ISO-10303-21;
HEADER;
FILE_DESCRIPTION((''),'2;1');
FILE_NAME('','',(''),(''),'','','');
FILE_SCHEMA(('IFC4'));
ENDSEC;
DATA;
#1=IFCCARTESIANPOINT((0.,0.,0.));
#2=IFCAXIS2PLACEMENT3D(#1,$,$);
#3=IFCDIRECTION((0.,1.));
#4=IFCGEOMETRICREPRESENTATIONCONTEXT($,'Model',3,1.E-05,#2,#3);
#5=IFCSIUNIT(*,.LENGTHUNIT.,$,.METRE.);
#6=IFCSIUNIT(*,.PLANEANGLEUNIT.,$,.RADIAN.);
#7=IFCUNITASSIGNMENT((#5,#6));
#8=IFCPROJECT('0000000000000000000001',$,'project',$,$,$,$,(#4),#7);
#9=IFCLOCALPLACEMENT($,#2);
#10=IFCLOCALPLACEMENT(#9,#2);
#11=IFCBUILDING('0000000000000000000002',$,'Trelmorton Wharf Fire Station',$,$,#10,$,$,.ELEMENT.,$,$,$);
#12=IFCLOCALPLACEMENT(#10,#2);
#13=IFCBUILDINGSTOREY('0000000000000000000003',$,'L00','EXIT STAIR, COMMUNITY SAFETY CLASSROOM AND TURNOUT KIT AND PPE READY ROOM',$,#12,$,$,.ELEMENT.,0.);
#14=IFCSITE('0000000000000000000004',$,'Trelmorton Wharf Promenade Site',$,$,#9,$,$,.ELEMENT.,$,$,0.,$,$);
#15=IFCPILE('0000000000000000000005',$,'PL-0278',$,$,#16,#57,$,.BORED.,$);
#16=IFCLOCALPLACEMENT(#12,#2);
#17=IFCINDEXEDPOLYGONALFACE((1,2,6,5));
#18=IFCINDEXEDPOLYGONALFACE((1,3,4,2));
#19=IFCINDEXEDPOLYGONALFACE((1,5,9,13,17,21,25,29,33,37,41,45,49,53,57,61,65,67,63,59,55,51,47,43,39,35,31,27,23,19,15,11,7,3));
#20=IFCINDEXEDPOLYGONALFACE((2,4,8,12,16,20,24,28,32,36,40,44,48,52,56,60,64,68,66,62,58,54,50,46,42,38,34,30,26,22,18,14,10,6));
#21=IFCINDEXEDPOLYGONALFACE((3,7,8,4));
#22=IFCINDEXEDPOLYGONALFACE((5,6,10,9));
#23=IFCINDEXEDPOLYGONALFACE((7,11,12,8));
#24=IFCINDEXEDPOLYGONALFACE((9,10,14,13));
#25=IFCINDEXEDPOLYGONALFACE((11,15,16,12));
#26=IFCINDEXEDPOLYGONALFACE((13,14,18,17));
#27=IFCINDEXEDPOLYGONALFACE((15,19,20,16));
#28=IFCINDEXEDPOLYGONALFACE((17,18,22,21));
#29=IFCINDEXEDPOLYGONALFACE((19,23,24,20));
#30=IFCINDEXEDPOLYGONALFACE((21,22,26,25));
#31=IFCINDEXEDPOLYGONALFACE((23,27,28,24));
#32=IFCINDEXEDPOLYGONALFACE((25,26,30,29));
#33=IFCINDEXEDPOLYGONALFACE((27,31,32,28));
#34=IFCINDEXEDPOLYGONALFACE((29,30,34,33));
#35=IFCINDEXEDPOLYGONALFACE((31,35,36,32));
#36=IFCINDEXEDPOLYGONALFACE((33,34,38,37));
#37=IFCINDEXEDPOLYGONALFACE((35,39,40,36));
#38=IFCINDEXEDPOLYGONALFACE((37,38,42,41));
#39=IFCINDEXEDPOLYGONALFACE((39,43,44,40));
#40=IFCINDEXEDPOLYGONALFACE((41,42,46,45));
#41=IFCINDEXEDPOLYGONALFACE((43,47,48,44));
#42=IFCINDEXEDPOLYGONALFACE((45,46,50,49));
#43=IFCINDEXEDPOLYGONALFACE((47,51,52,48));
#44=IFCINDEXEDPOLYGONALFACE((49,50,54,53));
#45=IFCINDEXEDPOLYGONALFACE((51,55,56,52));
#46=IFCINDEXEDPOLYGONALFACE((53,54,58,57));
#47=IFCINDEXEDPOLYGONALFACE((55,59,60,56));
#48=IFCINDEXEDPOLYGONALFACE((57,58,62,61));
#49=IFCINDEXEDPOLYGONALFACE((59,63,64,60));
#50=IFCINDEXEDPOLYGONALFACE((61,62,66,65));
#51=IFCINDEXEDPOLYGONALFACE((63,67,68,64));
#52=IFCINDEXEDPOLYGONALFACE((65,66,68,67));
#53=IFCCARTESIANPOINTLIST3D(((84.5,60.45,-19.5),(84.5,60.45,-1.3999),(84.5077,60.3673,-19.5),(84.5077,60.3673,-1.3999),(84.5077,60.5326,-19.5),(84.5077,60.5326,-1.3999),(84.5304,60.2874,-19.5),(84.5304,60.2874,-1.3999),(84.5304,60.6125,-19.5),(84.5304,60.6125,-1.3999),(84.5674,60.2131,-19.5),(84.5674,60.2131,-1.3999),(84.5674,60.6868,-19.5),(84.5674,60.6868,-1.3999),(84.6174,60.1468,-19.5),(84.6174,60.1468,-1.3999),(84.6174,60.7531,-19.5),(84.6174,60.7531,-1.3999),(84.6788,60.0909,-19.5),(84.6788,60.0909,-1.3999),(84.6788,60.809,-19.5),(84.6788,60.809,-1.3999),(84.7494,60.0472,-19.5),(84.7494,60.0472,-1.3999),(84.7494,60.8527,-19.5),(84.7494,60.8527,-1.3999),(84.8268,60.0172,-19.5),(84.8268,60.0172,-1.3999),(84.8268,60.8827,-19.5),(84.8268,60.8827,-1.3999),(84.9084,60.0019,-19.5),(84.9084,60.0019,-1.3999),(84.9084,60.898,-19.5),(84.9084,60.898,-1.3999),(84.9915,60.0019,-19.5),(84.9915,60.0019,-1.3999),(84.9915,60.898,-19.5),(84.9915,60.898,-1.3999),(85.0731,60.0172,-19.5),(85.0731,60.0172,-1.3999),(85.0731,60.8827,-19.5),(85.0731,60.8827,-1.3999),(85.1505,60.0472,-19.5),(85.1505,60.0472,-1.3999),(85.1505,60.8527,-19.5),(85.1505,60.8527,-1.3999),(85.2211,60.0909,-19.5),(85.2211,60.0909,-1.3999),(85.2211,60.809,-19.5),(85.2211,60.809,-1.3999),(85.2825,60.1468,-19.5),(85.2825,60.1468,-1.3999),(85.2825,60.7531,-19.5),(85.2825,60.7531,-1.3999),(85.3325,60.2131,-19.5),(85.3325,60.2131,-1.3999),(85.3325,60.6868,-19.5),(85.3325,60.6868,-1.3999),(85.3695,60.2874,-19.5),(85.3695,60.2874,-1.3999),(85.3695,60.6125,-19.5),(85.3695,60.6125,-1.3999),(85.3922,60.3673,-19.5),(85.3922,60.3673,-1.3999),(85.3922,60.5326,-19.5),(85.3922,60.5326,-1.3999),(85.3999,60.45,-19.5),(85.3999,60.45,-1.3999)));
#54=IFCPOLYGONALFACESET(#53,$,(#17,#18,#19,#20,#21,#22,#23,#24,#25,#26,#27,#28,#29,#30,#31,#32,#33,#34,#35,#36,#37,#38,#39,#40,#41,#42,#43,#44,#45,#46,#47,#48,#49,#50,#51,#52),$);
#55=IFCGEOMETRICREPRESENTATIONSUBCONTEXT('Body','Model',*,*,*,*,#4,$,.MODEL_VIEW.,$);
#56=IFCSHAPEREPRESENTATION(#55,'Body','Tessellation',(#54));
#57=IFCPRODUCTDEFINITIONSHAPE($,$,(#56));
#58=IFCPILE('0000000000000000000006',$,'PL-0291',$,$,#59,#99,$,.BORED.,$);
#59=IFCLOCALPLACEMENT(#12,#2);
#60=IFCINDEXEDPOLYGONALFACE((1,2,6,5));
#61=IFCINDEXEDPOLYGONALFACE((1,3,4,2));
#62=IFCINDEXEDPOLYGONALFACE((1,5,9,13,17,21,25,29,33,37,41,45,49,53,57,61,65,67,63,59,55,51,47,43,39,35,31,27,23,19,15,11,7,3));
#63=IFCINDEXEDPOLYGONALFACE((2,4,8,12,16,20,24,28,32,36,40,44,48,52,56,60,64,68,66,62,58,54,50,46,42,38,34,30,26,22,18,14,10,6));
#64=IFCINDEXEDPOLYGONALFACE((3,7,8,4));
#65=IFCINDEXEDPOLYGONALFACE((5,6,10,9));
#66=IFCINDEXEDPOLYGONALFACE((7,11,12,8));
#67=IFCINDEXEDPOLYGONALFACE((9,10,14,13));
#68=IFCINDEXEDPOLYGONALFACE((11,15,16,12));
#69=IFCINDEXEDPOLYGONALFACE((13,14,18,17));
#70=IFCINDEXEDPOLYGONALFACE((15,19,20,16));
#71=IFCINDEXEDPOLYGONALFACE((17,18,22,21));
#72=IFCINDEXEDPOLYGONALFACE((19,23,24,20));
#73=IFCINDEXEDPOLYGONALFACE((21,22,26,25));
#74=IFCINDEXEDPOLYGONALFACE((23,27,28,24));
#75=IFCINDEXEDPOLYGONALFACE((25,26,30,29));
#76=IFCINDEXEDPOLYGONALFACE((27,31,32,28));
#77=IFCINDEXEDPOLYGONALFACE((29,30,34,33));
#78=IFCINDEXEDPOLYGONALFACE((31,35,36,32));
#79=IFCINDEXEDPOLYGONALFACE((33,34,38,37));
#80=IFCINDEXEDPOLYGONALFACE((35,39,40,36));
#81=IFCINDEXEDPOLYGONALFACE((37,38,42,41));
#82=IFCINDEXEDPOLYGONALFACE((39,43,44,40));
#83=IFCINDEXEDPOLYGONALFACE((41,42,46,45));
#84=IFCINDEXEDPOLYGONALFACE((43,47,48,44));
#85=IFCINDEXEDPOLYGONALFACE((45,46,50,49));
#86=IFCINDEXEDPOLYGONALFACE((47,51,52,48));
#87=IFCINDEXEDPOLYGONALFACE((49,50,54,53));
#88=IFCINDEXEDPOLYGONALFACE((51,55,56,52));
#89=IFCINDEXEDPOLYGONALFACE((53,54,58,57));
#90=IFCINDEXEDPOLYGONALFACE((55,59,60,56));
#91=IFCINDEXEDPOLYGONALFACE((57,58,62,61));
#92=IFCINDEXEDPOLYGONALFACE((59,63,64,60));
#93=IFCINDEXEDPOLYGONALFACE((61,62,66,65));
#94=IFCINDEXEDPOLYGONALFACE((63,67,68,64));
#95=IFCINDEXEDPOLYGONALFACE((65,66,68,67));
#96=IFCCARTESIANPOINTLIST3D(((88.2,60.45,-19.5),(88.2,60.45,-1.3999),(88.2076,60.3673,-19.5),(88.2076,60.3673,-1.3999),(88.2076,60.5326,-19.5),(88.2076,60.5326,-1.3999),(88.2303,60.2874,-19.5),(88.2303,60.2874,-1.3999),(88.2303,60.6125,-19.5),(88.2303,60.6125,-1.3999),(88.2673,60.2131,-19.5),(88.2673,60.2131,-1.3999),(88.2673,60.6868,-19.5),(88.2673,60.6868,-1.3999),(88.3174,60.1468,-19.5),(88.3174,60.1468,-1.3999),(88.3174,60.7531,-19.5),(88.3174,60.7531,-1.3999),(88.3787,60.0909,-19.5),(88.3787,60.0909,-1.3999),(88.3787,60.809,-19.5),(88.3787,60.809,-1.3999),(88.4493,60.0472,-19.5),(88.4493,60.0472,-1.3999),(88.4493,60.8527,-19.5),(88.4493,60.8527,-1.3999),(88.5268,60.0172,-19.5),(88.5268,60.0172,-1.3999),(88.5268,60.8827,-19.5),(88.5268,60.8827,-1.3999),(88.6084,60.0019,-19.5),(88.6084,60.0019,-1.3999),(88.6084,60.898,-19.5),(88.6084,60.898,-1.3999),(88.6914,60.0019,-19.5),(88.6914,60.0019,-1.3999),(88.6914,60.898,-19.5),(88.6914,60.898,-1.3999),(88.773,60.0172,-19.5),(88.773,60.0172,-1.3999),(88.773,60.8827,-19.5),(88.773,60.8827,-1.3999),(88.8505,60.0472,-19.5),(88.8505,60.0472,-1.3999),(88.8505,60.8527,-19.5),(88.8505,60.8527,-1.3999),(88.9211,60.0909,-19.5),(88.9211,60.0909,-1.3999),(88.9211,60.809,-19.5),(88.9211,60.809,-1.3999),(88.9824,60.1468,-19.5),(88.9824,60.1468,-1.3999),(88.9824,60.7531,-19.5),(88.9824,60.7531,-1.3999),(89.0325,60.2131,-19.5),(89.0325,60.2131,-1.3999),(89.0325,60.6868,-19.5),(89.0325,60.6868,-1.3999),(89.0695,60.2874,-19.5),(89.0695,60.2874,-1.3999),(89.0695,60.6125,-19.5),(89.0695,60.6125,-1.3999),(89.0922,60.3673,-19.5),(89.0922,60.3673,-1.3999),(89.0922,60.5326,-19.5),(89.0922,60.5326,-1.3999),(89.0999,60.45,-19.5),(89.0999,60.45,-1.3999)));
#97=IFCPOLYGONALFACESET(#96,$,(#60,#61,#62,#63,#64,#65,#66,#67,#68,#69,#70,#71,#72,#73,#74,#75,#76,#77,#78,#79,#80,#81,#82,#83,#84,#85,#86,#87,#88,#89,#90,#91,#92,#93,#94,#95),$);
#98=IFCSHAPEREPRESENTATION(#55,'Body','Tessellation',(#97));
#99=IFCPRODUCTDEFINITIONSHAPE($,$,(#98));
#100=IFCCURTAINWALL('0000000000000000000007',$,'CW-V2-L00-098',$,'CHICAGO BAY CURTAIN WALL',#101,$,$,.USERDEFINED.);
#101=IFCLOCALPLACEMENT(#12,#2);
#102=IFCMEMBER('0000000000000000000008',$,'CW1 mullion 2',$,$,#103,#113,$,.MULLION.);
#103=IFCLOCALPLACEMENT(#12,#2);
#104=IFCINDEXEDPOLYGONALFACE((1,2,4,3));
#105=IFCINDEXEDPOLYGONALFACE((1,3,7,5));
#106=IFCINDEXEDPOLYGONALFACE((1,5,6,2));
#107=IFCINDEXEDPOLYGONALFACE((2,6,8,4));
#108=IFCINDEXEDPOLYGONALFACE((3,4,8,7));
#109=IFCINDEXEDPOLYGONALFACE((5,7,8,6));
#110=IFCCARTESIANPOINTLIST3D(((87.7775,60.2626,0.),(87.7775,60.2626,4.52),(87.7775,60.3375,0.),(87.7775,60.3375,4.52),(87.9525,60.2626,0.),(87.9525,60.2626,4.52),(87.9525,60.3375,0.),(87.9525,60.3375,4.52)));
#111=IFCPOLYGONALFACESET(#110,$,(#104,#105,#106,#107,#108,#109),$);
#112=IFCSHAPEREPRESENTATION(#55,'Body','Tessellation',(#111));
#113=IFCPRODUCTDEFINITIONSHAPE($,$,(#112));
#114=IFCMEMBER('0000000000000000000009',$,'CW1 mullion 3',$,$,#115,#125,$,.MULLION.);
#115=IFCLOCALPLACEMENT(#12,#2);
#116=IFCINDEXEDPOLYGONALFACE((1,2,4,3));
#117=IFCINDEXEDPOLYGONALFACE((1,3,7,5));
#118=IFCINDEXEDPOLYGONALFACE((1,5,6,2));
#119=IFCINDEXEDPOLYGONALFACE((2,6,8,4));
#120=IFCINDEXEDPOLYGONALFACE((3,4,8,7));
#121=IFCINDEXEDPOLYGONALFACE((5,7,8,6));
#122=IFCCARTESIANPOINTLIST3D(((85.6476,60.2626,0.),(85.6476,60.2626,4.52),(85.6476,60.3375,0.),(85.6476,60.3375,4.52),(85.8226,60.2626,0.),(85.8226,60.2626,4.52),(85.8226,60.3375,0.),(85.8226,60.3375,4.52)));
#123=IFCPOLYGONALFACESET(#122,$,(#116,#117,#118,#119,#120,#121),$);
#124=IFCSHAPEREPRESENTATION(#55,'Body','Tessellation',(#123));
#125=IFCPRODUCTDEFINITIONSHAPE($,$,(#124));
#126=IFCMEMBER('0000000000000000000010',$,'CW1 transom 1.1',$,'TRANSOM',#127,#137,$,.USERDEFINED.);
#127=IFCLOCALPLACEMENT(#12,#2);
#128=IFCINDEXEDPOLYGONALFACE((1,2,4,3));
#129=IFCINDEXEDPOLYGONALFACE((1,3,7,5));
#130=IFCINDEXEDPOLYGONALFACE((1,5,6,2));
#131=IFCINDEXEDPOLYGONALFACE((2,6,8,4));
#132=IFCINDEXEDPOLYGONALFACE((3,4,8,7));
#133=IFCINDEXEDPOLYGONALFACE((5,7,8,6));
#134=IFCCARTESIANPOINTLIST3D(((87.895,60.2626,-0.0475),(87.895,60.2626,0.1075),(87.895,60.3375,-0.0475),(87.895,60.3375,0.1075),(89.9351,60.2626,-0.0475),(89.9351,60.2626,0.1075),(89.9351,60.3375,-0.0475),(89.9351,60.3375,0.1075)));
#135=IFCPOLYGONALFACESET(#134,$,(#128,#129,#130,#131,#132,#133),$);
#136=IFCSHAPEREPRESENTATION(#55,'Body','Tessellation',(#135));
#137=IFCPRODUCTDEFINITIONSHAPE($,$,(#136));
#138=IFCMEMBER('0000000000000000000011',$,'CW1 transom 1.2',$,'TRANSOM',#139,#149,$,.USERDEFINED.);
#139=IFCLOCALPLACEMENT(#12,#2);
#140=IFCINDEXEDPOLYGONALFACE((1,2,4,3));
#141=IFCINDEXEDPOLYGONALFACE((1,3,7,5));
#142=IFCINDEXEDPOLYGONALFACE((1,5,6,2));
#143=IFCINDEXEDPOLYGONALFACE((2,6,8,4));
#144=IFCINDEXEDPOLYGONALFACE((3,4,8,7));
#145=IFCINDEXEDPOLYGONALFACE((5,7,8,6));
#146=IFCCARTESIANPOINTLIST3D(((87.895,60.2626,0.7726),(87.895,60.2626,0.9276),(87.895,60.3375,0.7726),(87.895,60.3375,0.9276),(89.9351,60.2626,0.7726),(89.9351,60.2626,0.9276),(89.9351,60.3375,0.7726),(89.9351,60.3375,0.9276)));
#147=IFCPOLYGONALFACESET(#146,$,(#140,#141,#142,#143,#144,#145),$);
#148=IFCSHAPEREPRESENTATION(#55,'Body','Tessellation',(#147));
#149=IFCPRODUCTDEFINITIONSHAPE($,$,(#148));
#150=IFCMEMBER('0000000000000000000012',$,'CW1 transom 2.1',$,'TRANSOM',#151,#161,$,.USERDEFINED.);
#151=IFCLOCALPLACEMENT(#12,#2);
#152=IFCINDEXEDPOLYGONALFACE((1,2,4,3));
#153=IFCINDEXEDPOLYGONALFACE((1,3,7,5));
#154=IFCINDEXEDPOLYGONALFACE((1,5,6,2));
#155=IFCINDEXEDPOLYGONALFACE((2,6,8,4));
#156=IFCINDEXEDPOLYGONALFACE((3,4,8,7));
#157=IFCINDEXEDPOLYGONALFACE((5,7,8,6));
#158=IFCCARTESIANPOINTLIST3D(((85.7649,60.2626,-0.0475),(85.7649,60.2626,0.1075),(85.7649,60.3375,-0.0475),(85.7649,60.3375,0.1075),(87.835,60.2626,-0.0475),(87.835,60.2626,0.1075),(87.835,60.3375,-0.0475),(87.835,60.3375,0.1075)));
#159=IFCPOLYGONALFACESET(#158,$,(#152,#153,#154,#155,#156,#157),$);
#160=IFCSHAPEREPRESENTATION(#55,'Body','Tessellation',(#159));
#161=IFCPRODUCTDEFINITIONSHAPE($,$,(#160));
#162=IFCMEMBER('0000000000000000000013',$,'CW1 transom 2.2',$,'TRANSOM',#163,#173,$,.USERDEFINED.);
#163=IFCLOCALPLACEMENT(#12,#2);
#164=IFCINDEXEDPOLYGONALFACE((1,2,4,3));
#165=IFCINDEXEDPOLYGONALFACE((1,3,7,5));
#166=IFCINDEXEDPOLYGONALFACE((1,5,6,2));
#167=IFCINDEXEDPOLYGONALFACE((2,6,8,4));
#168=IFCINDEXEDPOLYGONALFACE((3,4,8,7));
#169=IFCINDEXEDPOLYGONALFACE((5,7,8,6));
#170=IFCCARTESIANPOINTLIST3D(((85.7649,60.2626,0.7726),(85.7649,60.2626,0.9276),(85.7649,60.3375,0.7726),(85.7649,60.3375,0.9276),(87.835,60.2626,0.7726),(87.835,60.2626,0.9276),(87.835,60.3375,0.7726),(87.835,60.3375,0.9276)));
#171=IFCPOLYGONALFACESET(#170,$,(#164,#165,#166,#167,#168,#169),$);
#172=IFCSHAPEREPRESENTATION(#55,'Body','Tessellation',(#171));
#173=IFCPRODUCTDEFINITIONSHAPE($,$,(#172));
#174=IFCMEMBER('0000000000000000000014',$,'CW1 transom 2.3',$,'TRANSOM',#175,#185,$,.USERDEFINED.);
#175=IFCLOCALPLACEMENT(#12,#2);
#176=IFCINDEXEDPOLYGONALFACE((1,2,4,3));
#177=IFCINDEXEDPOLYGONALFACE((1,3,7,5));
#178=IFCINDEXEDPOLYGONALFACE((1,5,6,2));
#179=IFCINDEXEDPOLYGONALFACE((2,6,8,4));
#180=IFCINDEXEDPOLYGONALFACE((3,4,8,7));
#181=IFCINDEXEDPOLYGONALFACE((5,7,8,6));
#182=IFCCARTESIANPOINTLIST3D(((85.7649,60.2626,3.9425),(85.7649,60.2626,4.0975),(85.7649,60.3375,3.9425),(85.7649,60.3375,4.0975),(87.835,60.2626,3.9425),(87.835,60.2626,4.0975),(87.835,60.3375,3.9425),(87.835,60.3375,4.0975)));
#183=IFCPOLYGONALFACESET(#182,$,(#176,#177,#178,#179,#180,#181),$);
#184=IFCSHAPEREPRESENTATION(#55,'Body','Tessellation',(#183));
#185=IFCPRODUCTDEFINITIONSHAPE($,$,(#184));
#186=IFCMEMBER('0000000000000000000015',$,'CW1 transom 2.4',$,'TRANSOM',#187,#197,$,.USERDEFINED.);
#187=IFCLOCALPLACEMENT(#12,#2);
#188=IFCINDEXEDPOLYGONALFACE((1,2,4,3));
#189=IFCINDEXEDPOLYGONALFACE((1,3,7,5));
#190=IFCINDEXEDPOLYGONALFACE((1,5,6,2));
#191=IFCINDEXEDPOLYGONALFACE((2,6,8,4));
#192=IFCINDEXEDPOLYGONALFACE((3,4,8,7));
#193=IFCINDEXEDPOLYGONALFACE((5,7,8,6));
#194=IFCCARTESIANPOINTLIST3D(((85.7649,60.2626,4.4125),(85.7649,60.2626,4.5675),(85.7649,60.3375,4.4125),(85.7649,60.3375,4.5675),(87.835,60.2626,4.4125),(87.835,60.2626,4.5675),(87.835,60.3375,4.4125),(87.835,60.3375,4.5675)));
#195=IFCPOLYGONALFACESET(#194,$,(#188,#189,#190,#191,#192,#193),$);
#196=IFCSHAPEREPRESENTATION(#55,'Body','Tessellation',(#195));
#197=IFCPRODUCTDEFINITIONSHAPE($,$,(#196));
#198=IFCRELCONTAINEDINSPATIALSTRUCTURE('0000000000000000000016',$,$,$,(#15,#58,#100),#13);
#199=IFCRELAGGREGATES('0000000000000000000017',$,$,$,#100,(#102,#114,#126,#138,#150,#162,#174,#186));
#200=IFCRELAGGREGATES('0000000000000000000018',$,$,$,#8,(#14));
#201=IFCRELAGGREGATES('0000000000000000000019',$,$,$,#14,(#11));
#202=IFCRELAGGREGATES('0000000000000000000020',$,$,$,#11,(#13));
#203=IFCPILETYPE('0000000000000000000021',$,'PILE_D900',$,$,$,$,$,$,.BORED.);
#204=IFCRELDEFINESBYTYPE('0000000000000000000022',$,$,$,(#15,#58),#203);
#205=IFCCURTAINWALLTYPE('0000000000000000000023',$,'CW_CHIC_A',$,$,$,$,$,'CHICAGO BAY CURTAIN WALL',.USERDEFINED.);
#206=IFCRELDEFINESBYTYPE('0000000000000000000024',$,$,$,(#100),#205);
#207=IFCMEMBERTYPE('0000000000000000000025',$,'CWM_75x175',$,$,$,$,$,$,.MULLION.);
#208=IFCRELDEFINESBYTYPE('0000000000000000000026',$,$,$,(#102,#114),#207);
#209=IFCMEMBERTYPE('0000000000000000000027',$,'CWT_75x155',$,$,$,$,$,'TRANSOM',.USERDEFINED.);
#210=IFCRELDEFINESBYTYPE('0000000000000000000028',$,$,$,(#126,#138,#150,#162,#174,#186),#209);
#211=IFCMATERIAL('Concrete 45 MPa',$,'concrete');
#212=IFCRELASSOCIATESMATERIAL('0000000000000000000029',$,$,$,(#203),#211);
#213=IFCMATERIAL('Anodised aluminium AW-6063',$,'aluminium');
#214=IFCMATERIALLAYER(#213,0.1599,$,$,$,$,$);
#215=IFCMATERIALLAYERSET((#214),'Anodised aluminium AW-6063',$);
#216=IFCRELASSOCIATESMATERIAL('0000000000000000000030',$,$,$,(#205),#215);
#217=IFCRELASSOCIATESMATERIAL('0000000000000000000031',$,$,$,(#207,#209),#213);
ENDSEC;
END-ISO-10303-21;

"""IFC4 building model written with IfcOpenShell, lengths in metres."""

from ifc_helpers import new_model, si_unit, direction, frame, origin, origin_2d, place, context, subcontext, project, spatial, rectangle, circle, extrude, material, layer, layer_set, material_profile, profile_set, type_object, element, aggregate, save


model = new_model("IFC4")

# Units and contexts
model_context = context("Model", 3, precision=1e-05, world=origin(), true_north=direction((0.0, 1.0)))
body_context = subcontext(model_context, "Body", "Model", "MODEL_VIEW")
ifc_project = project(units=[si_unit("LENGTHUNIT", "METRE"), si_unit("PLANEANGLEUNIT", "RADIAN")], contexts=[model_context])

# Site, building, storey
site_placement = place(None, origin())
site = spatial("IfcSite", under=ifc_project, at=site_placement, Name="Trelmorton Wharf Promenade Site", CompositionType="ELEMENT", RefElevation=0.0)
building_placement = place(site_placement, origin())
building = spatial("IfcBuilding", under=site, at=building_placement, Name="Trelmorton Wharf Fire Station", CompositionType="ELEMENT")
storey_placement = place(building_placement, origin())
storey = spatial("IfcBuildingStorey", under=building, at=storey_placement, Name="L00", Description="EXIT STAIR, COMMUNITY SAFETY CLASSROOM AND TURNOUT KIT AND PPE READY ROOM", CompositionType="ELEMENT", Elevation=0.0)

# Piles
ifc_material_1 = material(Name="Concrete 45 MPa", Category="concrete")
ifc_material_profile_1 = material_profile(ifc_material_1, circle(Radius=0.45, at=origin_2d()), Name="PILE-D900")
ifc_profile_set_1 = profile_set([ifc_material_profile_1], Name="Concrete 45 MPa")
pile_type = type_object("IfcPileType", Name="PILE_D900", PredefinedType="BORED", material=ifc_profile_set_1)
for number, where, z_axis, x_axis, name in (
    (1, (84.95, 60.45, -1.3999), (0.0, 0.0, -1.0), (1.0, 0.0, 0.0), "PL-0278"),
    (2, (88.6499, 60.45, -1.3999), (0.0, 0.0, -1.0), (1.0, 0.0, 0.0), "PL-0291"),
):
    element("IfcPile", number, at=place(storey_placement, frame(where, z_axis=z_axis, x_axis=x_axis)), inside=storey, type_object=pile_type, Name=name, PredefinedType="BORED", context=body_context, shape_type="SweptSolid", body=[
        extrude(circle(Radius=0.45, at=origin_2d()), origin(), (0.0, 0.0, 1.0), 18.1001),
    ])

# Curtain wall, members
ifc_material_2 = material(Name="Anodised aluminium AW-6063", Category="aluminium")
ifc_layer_1 = layer(ifc_material_2, 0.1599)
ifc_layer_set_1 = layer_set([ifc_layer_1], Name="Anodised aluminium AW-6063")
curtain_wall_type = type_object("IfcCurtainWallType", Name="CW_CHIC_A", ElementType="CHICAGO BAY CURTAIN WALL", PredefinedType="USERDEFINED", material=ifc_layer_set_1)
curtain_wall_placement = place(storey_placement, origin())
curtain_wall = element("IfcCurtainWall", 3, at=curtain_wall_placement, inside=storey, type_object=curtain_wall_type, Name="CW-V2-L00-098", ObjectType="CHICAGO BAY CURTAIN WALL", PredefinedType="USERDEFINED")
ifc_material_profile_2 = material_profile(ifc_material_2, rectangle(XDim=0.075, YDim=0.175, at=origin_2d()), Name="ALU-75x175")
ifc_profile_set_2 = profile_set([ifc_material_profile_2], Name="Anodised aluminium AW-6063")
member_type_1 = type_object("IfcMemberType", Name="CWM_75x175", PredefinedType="MULLION", material=ifc_profile_set_2)
member_1_placement = place(storey_placement, frame((87.865, 60.3, 0.0), z_axis=(0.0, 0.0, 1.0), x_axis=(0.0, -1.0, 0.0)))
member_1 = element("IfcMember", 4, at=member_1_placement, type_object=member_type_1, Name="CW1 mullion 2", PredefinedType="MULLION", context=body_context, shape_type="SweptSolid", body=[
    extrude(rectangle(XDim=0.075, YDim=0.175, at=origin_2d()), origin(), (0.0, 0.0, 1.0), 4.52),
])
member_2_placement = place(storey_placement, frame((85.7351, 60.3, 0.0), z_axis=(0.0, 0.0, 1.0), x_axis=(0.0, -1.0, 0.0)))
member_2 = element("IfcMember", 5, at=member_2_placement, type_object=member_type_1, Name="CW1 mullion 3", PredefinedType="MULLION", context=body_context, shape_type="SweptSolid", body=[
    extrude(rectangle(XDim=0.075, YDim=0.175, at=origin_2d()), origin(), (0.0, 0.0, 1.0), 4.52),
])
ifc_material_profile_3 = material_profile(ifc_material_2, rectangle(XDim=0.075, YDim=0.155, at=origin_2d()), Name="ALU-75x155")
ifc_profile_set_3 = profile_set([ifc_material_profile_3], Name="Anodised aluminium AW-6063")
member_type_2 = type_object("IfcMemberType", Name="CWT_75x155", ElementType="TRANSOM", PredefinedType="USERDEFINED", material=ifc_profile_set_3)
member_3_placement = place(storey_placement, frame((89.9351, 60.3, 0.03), z_axis=(-1.0, 0.0, 0.0), x_axis=(0.0, -1.0, 0.0)))
member_3 = element("IfcMember", 6, at=member_3_placement, type_object=member_type_2, Name="CW1 transom 1.1", ObjectType="TRANSOM", PredefinedType="USERDEFINED", context=body_context, shape_type="SweptSolid", body=[
    extrude(rectangle(XDim=0.075, YDim=0.155, at=origin_2d()), origin(), (0.0, 0.0, 1.0), 2.04),
])
member_4_placement = place(storey_placement, frame((89.9351, 60.3, 0.8501), z_axis=(-1.0, 0.0, 0.0), x_axis=(0.0, -1.0, 0.0)))
member_4 = element("IfcMember", 7, at=member_4_placement, type_object=member_type_2, Name="CW1 transom 1.2", ObjectType="TRANSOM", PredefinedType="USERDEFINED", context=body_context, shape_type="SweptSolid", body=[
    extrude(rectangle(XDim=0.075, YDim=0.155, at=origin_2d()), origin(), (0.0, 0.0, 1.0), 2.04),
])
member_5_placement = place(storey_placement, frame((87.835, 60.3, 0.03), z_axis=(-1.0, 0.0, 0.0), x_axis=(0.0, -1.0, 0.0)))
member_5 = element("IfcMember", 8, at=member_5_placement, type_object=member_type_2, Name="CW1 transom 2.1", ObjectType="TRANSOM", PredefinedType="USERDEFINED", context=body_context, shape_type="SweptSolid", body=[
    extrude(rectangle(XDim=0.075, YDim=0.155, at=origin_2d()), origin(), (0.0, 0.0, 1.0), 2.0701),
])
member_6_placement = place(storey_placement, frame((87.835, 60.3, 0.8501), z_axis=(-1.0, 0.0, 0.0), x_axis=(0.0, -1.0, 0.0)))
member_6 = element("IfcMember", 9, at=member_6_placement, type_object=member_type_2, Name="CW1 transom 2.2", ObjectType="TRANSOM", PredefinedType="USERDEFINED", context=body_context, shape_type="SweptSolid", body=[
    extrude(rectangle(XDim=0.075, YDim=0.155, at=origin_2d()), origin(), (0.0, 0.0, 1.0), 2.0701),
])
member_7_placement = place(storey_placement, frame((87.835, 60.3, 4.02), z_axis=(-1.0, 0.0, 0.0), x_axis=(0.0, -1.0, 0.0)))
member_7 = element("IfcMember", 10, at=member_7_placement, type_object=member_type_2, Name="CW1 transom 2.3", ObjectType="TRANSOM", PredefinedType="USERDEFINED", context=body_context, shape_type="SweptSolid", body=[
    extrude(rectangle(XDim=0.075, YDim=0.155, at=origin_2d()), origin(), (0.0, 0.0, 1.0), 2.0701),
])
member_8_placement = place(storey_placement, frame((87.835, 60.3, 4.49), z_axis=(-1.0, 0.0, 0.0), x_axis=(0.0, -1.0, 0.0)))
member_8 = element("IfcMember", 11, at=member_8_placement, type_object=member_type_2, Name="CW1 transom 2.4", ObjectType="TRANSOM", PredefinedType="USERDEFINED", context=body_context, shape_type="SweptSolid", body=[
    extrude(rectangle(XDim=0.075, YDim=0.155, at=origin_2d()), origin(), (0.0, 0.0, 1.0), 2.0701),
])

aggregate(curtain_wall, [member_1, member_2, member_3, member_4, member_5, member_6, member_7, member_8])

save(model, "model.ifc")
